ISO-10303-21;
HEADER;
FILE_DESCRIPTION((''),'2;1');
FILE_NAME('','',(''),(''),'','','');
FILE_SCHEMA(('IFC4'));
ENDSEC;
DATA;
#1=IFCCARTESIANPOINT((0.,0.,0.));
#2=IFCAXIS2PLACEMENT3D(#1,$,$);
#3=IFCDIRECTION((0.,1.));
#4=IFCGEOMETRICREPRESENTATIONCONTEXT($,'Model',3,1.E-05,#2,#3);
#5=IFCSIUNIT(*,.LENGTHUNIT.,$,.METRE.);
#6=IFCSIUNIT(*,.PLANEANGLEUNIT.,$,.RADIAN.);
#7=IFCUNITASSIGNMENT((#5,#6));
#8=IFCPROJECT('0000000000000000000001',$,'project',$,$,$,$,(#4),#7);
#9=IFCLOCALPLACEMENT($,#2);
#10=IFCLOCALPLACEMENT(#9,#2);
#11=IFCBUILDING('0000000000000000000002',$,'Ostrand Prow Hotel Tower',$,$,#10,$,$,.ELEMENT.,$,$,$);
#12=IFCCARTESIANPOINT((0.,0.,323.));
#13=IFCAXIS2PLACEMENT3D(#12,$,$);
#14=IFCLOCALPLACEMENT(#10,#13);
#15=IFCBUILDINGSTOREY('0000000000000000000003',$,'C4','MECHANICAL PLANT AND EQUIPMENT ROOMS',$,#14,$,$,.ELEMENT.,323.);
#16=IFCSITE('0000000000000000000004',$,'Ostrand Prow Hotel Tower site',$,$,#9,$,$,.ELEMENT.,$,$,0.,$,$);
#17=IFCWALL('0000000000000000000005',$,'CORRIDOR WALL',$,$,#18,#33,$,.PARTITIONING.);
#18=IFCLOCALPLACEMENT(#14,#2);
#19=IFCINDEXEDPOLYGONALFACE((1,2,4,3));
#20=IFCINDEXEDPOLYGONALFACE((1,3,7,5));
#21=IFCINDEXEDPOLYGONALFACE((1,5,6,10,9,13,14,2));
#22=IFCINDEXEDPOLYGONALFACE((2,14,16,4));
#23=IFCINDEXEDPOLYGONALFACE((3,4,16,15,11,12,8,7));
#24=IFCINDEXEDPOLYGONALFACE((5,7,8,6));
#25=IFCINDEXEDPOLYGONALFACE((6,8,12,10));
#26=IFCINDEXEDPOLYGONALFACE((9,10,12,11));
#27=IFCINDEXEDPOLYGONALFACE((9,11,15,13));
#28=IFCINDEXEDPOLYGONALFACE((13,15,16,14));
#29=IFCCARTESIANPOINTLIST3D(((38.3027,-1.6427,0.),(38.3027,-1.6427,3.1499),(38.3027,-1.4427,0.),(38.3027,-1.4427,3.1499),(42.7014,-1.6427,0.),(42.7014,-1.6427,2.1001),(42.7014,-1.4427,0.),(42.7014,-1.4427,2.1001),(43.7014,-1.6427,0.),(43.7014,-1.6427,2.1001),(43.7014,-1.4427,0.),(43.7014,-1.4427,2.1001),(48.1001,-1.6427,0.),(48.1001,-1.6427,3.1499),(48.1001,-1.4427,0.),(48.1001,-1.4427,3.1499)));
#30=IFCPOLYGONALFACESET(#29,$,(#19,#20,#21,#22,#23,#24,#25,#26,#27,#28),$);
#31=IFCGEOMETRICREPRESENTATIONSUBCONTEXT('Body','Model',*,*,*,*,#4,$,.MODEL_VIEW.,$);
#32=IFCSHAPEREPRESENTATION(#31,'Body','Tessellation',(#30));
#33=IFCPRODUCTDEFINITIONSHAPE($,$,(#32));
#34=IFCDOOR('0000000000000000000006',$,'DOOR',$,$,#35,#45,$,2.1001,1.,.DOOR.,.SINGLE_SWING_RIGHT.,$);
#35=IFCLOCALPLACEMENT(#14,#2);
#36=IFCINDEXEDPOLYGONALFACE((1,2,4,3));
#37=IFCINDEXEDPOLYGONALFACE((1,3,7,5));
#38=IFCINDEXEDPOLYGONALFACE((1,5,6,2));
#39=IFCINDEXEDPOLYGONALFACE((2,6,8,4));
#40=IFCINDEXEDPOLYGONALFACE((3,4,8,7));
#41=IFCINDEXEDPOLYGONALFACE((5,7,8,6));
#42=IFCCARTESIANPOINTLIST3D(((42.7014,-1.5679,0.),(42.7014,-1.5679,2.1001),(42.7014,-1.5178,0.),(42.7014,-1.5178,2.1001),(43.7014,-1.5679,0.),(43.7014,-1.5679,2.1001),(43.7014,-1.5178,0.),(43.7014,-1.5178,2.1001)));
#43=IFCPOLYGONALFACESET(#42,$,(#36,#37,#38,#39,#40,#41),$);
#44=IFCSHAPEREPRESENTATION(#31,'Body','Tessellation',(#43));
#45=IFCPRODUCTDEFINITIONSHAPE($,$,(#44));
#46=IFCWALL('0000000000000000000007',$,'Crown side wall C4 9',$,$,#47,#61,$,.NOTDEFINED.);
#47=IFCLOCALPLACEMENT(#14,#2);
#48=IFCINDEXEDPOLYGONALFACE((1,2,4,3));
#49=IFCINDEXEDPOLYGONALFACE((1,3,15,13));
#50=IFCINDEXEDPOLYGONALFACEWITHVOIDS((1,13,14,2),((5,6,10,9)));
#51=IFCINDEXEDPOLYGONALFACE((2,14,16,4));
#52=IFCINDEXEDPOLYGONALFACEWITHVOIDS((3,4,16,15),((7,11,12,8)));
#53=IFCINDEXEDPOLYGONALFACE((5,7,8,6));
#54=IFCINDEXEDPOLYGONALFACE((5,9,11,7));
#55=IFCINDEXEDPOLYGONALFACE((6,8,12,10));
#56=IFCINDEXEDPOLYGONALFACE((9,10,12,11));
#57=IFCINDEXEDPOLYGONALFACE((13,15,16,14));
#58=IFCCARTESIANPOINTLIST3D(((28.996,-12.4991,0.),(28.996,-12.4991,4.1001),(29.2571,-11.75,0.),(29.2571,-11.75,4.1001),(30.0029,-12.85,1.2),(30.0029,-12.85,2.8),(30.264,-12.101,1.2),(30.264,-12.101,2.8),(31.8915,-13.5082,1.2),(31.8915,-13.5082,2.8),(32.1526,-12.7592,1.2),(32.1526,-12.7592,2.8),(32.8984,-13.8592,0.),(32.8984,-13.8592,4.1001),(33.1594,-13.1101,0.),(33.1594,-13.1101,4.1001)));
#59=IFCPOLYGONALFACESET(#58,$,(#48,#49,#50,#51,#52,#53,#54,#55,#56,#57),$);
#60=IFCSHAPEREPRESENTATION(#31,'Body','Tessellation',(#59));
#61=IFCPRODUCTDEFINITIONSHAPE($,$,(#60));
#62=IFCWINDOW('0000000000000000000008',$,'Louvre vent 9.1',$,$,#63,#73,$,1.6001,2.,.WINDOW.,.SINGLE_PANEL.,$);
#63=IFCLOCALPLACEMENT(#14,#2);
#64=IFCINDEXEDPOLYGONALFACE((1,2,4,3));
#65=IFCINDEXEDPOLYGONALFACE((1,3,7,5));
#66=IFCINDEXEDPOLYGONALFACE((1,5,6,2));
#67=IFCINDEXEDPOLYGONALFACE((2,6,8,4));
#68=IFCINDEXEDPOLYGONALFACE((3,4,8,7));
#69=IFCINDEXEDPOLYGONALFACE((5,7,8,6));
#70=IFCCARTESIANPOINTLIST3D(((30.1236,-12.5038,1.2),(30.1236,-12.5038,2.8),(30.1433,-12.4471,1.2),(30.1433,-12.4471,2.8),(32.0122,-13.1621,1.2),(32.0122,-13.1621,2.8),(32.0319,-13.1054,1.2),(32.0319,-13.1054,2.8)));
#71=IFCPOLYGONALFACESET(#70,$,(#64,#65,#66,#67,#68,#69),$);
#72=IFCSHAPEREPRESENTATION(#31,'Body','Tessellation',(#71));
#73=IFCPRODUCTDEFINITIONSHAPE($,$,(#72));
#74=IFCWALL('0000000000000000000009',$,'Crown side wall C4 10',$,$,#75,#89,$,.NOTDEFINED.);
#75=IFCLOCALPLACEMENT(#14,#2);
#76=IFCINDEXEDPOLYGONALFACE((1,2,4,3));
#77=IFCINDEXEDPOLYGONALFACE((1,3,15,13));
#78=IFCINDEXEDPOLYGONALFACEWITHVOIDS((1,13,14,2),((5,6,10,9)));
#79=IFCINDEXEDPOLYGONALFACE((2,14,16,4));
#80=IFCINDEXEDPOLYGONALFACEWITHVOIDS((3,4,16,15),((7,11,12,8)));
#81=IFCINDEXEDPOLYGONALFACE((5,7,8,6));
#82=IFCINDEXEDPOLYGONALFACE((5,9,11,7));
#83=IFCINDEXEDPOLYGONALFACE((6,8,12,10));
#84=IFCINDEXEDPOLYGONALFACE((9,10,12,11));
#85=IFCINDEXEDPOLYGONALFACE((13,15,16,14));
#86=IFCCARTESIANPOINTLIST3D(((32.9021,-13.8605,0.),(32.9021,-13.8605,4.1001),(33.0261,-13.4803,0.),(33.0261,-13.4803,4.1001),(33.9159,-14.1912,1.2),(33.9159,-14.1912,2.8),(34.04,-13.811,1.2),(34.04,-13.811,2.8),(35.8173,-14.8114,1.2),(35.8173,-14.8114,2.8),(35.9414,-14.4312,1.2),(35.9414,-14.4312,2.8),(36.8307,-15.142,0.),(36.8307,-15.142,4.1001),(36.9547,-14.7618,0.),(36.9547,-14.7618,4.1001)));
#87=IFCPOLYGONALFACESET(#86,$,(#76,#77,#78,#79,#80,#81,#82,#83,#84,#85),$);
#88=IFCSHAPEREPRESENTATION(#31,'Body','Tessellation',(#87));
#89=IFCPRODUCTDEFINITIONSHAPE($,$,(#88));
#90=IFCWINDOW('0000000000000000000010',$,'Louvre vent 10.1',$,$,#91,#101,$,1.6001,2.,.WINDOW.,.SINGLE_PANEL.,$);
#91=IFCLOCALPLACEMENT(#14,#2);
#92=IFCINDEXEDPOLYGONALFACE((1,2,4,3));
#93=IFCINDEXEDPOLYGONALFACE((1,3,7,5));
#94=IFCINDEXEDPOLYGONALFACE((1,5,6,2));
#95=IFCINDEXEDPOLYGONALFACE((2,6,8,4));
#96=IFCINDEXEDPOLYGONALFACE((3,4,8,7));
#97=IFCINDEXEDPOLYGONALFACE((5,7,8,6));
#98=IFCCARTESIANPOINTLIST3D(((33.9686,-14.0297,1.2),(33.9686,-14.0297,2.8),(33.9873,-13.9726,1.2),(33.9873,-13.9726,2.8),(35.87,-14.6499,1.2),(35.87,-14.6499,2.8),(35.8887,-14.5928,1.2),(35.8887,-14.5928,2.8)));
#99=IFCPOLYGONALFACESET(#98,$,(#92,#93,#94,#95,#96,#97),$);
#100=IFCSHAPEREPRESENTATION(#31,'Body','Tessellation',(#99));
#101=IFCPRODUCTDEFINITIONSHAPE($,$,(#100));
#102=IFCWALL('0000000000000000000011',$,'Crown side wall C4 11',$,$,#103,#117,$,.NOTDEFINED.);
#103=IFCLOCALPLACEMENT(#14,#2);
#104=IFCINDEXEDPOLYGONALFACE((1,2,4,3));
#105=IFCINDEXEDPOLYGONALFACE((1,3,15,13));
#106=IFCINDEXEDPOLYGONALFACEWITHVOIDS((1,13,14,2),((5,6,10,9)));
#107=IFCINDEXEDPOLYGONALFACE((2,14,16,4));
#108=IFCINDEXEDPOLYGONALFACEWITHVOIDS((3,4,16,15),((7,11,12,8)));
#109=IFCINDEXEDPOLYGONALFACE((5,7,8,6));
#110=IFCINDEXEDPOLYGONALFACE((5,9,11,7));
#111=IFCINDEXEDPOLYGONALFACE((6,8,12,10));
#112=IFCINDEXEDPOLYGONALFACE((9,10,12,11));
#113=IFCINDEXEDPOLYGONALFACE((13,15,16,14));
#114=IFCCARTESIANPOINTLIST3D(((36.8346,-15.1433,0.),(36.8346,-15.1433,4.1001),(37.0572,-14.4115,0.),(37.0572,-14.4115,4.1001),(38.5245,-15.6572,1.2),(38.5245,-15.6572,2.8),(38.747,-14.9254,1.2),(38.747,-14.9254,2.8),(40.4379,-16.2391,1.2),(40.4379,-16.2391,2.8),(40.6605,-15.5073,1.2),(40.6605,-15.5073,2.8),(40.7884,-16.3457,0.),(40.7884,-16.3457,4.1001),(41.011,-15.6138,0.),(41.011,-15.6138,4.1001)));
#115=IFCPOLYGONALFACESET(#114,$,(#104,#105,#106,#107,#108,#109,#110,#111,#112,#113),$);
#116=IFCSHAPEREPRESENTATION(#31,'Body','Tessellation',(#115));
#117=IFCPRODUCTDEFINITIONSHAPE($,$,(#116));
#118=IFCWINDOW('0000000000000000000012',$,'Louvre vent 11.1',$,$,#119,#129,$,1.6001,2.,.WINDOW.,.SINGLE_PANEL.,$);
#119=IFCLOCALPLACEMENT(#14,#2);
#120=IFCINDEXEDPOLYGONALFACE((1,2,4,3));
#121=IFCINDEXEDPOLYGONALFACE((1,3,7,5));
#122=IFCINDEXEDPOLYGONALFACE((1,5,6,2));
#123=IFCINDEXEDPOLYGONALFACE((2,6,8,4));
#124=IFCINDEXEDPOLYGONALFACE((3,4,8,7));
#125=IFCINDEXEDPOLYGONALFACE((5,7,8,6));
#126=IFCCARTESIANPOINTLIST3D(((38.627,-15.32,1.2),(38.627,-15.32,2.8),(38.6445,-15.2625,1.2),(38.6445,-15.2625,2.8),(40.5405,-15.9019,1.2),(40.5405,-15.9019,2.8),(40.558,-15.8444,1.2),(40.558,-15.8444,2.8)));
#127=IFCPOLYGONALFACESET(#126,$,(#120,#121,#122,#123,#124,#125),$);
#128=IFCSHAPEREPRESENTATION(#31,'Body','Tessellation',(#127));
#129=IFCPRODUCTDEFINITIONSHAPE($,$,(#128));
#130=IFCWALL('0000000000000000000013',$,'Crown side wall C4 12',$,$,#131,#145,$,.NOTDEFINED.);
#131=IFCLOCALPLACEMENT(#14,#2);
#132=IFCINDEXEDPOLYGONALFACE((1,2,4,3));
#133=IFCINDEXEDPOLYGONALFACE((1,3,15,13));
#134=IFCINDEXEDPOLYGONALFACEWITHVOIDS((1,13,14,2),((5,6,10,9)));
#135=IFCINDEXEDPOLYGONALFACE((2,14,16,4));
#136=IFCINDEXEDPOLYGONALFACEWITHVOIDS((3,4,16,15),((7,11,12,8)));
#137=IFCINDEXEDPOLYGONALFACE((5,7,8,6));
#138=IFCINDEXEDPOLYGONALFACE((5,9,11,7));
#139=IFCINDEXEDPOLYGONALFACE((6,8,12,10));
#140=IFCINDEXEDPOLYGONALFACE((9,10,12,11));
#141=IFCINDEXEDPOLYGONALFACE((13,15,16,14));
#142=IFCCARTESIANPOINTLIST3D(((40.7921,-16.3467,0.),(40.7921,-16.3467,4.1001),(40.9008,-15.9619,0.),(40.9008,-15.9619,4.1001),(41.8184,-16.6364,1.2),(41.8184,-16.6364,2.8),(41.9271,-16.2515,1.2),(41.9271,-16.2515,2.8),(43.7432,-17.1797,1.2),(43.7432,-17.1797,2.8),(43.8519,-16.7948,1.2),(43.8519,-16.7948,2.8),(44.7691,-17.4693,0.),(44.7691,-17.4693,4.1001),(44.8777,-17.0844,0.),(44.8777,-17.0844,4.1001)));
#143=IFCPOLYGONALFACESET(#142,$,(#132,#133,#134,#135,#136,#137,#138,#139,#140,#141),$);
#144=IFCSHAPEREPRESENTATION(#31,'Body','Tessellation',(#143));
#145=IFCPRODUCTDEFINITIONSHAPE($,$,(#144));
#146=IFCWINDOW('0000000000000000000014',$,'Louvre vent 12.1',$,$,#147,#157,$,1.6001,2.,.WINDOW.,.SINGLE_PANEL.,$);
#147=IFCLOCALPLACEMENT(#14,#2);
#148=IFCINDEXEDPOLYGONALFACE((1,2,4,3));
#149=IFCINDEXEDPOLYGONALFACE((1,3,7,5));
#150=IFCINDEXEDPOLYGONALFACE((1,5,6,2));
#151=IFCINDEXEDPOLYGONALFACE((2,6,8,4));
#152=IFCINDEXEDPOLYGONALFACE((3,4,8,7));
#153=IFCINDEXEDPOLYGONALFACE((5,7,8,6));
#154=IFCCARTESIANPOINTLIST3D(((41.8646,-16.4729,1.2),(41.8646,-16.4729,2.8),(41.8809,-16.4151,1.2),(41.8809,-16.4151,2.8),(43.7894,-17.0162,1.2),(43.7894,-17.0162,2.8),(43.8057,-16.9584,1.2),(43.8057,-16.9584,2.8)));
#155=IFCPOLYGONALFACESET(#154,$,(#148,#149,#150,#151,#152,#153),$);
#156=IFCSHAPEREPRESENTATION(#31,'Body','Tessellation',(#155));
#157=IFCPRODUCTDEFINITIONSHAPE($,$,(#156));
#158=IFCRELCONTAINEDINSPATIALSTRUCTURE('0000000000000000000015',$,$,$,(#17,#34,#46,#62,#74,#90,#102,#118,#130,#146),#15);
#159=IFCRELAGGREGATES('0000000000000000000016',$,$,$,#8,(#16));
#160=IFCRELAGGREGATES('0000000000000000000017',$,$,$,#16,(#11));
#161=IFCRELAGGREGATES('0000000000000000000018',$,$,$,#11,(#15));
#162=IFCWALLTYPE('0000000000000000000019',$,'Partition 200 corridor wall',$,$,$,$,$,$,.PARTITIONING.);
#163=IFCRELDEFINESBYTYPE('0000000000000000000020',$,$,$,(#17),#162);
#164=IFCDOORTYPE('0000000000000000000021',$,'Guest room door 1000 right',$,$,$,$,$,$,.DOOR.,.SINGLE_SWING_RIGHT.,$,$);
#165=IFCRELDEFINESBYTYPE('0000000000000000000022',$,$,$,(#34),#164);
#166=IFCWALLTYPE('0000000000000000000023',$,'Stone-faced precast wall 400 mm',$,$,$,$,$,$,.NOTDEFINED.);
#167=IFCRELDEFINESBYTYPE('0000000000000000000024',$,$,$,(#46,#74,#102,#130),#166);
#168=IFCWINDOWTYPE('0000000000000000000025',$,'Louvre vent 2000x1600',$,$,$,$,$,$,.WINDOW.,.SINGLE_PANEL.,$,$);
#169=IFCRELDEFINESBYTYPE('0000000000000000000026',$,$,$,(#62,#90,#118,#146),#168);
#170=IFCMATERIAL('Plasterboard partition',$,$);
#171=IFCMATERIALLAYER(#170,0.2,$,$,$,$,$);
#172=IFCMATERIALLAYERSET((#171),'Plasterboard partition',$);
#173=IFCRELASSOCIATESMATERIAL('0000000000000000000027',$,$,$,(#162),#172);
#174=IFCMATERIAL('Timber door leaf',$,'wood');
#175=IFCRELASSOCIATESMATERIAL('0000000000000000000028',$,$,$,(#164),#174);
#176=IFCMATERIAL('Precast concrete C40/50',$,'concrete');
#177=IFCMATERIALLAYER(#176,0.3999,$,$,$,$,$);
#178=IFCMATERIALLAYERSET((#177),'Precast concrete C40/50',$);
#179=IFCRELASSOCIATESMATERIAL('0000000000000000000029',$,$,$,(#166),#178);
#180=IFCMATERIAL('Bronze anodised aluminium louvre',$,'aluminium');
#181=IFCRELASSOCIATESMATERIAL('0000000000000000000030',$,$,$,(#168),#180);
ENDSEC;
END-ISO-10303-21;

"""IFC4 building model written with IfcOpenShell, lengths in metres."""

from ifc_helpers import new_model, si_unit, direction, frame, frame_2d, origin, place, context, subcontext, project, spatial, rectangle, extrude, material, layer, layer_set, type_object, element, fill, save


model = new_model("IFC4")

# Units and contexts
model_context = context("Model", 3, precision=1e-05, world=origin(), true_north=direction((0.0, 1.0)))
body_context = subcontext(model_context, "Body", "Model", "MODEL_VIEW")
ifc_project = project(units=[si_unit("LENGTHUNIT", "METRE"), si_unit("PLANEANGLEUNIT", "RADIAN")], contexts=[model_context])

# Site, building, storey
site_placement = place(None, origin())
site = spatial("IfcSite", under=ifc_project, at=site_placement, Name="Ostrand Prow Hotel Tower site", CompositionType="ELEMENT", RefElevation=0.0)
building_placement = place(site_placement, origin())
building = spatial("IfcBuilding", under=site, at=building_placement, Name="Ostrand Prow Hotel Tower", CompositionType="ELEMENT")
storey_placement = place(building_placement, frame((0.0, 0.0, 323.0)))
storey = spatial("IfcBuildingStorey", under=building, at=storey_placement, Name="C4", Description="MECHANICAL PLANT AND EQUIPMENT ROOMS", CompositionType="ELEMENT", Elevation=323.0)

# Wall, opening, door
ifc_material_1 = material(Name="Plasterboard partition")
ifc_layer_1 = layer(ifc_material_1, 0.2)
ifc_layer_set_1 = layer_set([ifc_layer_1], Name="Plasterboard partition")
wall_type_1 = type_object("IfcWallType", Name="Partition 200 corridor wall", PredefinedType="PARTITIONING", material=ifc_layer_set_1)
wall_1_placement = place(storey_placement, frame((38.3027, -1.5427, 0.0), z_axis=(0.0, 0.0, 1.0), x_axis=(1.0, 0.0, 0.0)))
wall_1 = element("IfcWall", 1, at=wall_1_placement, inside=storey, type_object=wall_type_1, Name="CORRIDOR WALL", PredefinedType="PARTITIONING", context=body_context, shape_type="SweptSolid", body=[
    extrude(rectangle(XDim=9.7974, YDim=0.2, at=frame_2d((4.8987, 0.0))), origin(), (0.0, 0.0, 1.0), 3.1499),
])
opening_1_placement = place(wall_1_placement, frame((4.3987, 0.0, 0.0)))
opening_1 = element("IfcOpeningElement", 2, at=opening_1_placement, cuts=wall_1, PredefinedType="OPENING", context=body_context, shape_type="SweptSolid", body=[
    extrude(rectangle(XDim=1.0, YDim=2.1001, at=frame_2d((0.5, 1.05))), frame((0.0, 0.1099, 0.0), z_axis=(0.0, -1.0, 0.0), x_axis=(1.0, 0.0, 0.0)), (0.0, 0.0, 1.0), 0.22),
])
ifc_material_2 = material(Name="Timber door leaf", Category="wood")
door_type_1 = type_object("IfcDoorType", Name="Guest room door 1000 right", OperationType="SINGLE_SWING_RIGHT", PredefinedType="DOOR", material=ifc_material_2)
door_1_placement = place(opening_1_placement, origin())
door_1 = element("IfcDoor", 3, at=door_1_placement, inside=storey, type_object=door_type_1, Name="DOOR", OperationType="SINGLE_SWING_RIGHT", OverallHeight=2.1001, OverallWidth=1.0, PredefinedType="DOOR", context=body_context, shape_type="SweptSolid", body=[
    extrude(rectangle(XDim=1.0, YDim=2.1001, at=frame_2d((0.5, 1.05))), frame((0.0, 0.0249, 0.0), z_axis=(0.0, -1.0, 0.0), x_axis=(1.0, 0.0, 0.0)), (0.0, 0.0, 1.0), 0.05),
])
fill(opening_1, door_1)

# Walls, openings, windows
ifc_material_3 = material(Name="Precast concrete C40/50", Category="concrete")
ifc_layer_2 = layer(ifc_material_3, 0.3999)
ifc_layer_set_2 = layer_set([ifc_layer_2], Name="Precast concrete C40/50")
wall_type_2 = type_object("IfcWallType", Name="Stone-faced precast wall 400 mm", PredefinedType="NOTDEFINED", material=ifc_layer_set_2)
wall_2_placement = place(storey_placement, frame((29.1265, -12.1245, 0.0), z_axis=(0.0, 0.0, 1.0), x_axis=(0.944289, -0.329119, 0.0)))
wall_2 = element("IfcWall", 4, at=wall_2_placement, inside=storey, type_object=wall_type_2, Name="Crown side wall C4 9", PredefinedType="NOTDEFINED", context=body_context, shape_type="SweptSolid", body=[
    extrude(rectangle(XDim=4.1326, YDim=0.7932, at=frame_2d((2.0664, 0.0))), origin(), (0.0, 0.0, 1.0), 4.1001),
])
opening_2_placement = place(wall_2_placement, frame((1.0664, 0.0, 1.2)))
opening_2 = element("IfcOpeningElement", 5, at=opening_2_placement, cuts=wall_2, PredefinedType="OPENING", context=body_context, shape_type="SweptSolid", body=[
    extrude(rectangle(XDim=2.0, YDim=1.6001, at=frame_2d((1.0, 0.8))), frame((0.0, 0.4065, 0.0), z_axis=(0.0, -1.0, 0.0), x_axis=(1.0, 0.0, 0.0)), (0.0, 0.0, 1.0), 0.8132),
])
ifc_material_4 = material(Name="Bronze anodised aluminium louvre", Category="aluminium")
window_type = type_object("IfcWindowType", Name="Louvre vent 2000x1600", PartitioningType="SINGLE_PANEL", PredefinedType="WINDOW", material=ifc_material_4)
window_1_placement = place(opening_2_placement, origin())
window_1 = element("IfcWindow", 6, at=window_1_placement, inside=storey, type_object=window_type, Name="Louvre vent 9.1", OverallHeight=1.6001, OverallWidth=2.0, PartitioningType="SINGLE_PANEL", PredefinedType="WINDOW", context=body_context, shape_type="SweptSolid", body=[
    extrude(rectangle(XDim=2.0, YDim=1.6001, at=frame_2d((1.0, 0.8))), frame((0.0, 0.03, 0.0), z_axis=(0.0, -1.0, 0.0), x_axis=(1.0, 0.0, 0.0)), (0.0, 0.0, 1.0), 0.0601),
])
fill(opening_2, window_1)
wall_3_placement = place(storey_placement, frame((32.9641, -13.6704, 0.0), z_axis=(0.0, 0.0, 1.0), x_axis=(0.950702, -0.310107, 0.0)))
wall_3 = element("IfcWall", 7, at=wall_3_placement, inside=storey, type_object=wall_type_2, Name="Crown side wall C4 10", PredefinedType="NOTDEFINED", context=body_context, shape_type="SweptSolid", body=[
    extrude(rectangle(XDim=4.1323, YDim=0.3999, at=frame_2d((2.0662, 0.0))), origin(), (0.0, 0.0, 1.0), 4.1001),
])
opening_3_placement = place(wall_3_placement, frame((1.0664, 0.0, 1.2)))
opening_3 = element("IfcOpeningElement", 8, at=opening_3_placement, cuts=wall_3, PredefinedType="OPENING", context=body_context, shape_type="SweptSolid", body=[
    extrude(rectangle(XDim=2.0, YDim=1.6001, at=frame_2d((1.0, 0.8))), frame((0.0, 0.21, 0.0), z_axis=(0.0, -1.0, 0.0), x_axis=(1.0, 0.0, 0.0)), (0.0, 0.0, 1.0), 0.4199),
])
window_2_placement = place(opening_3_placement, origin())
window_2 = element("IfcWindow", 9, at=window_2_placement, inside=storey, type_object=window_type, Name="Louvre vent 10.1", OverallHeight=1.6001, OverallWidth=2.0, PartitioningType="SINGLE_PANEL", PredefinedType="WINDOW", context=body_context, shape_type="SweptSolid", body=[
    extrude(rectangle(XDim=2.0, YDim=1.6001, at=frame_2d((1.0, 0.8))), frame((0.0, 0.03, 0.0), z_axis=(0.0, -1.0, 0.0), x_axis=(1.0, 0.0, 0.0)), (0.0, 0.0, 1.0), 0.0601),
])
fill(opening_3, window_2)
wall_4_placement = place(storey_placement, frame((36.9458, -14.7773, 0.0), z_axis=(0.0, 0.0, 1.0), x_axis=(0.956738, -0.29095, 0.0)))
wall_4 = element("IfcWall", 10, at=wall_4_placement, inside=storey, type_object=wall_type_2, Name="Crown side wall C4 11", PredefinedType="NOTDEFINED", context=body_context, shape_type="SweptSolid", body=[
    extrude(rectangle(XDim=4.1326, YDim=0.7649, at=frame_2d((2.0664, 0.0))), origin(), (0.0, 0.0, 1.0), 4.1001),
])
opening_4_placement = place(wall_4_placement, frame((1.7664, 0.0, 1.2)))
opening_4 = element("IfcOpeningElement", 11, at=opening_4_placement, cuts=wall_4, PredefinedType="OPENING", context=body_context, shape_type="SweptSolid", body=[
    extrude(rectangle(XDim=2.0, YDim=1.6001, at=frame_2d((1.0, 0.8))), frame((0.0, 0.3923, 0.0), z_axis=(0.0, -1.0, 0.0), x_axis=(1.0, 0.0, 0.0)), (0.0, 0.0, 1.0), 0.7849),
])
window_3_placement = place(opening_4_placement, origin())
window_3 = element("IfcWindow", 12, at=window_3_placement, inside=storey, type_object=window_type, Name="Louvre vent 11.1", OverallHeight=1.6001, OverallWidth=2.0, PartitioningType="SINGLE_PANEL", PredefinedType="WINDOW", context=body_context, shape_type="SweptSolid", body=[
    extrude(rectangle(XDim=2.0, YDim=1.6001, at=frame_2d((1.0, 0.8))), frame((0.0, 0.03, 0.0), z_axis=(0.0, -1.0, 0.0), x_axis=(1.0, 0.0, 0.0)), (0.0, 0.0, 1.0), 0.0601),
])
fill(opening_4, window_3)
wall_5_placement = place(storey_placement, frame((40.8464, -16.1543, 0.0), z_axis=(0.0, 0.0, 1.0), x_axis=(0.962397, -0.271645, 0.0)))
wall_5 = element("IfcWall", 13, at=wall_5_placement, inside=storey, type_object=wall_type_2, Name="Crown side wall C4 12", PredefinedType="NOTDEFINED", context=body_context, shape_type="SweptSolid", body=[
    extrude(rectangle(XDim=4.1323, YDim=0.3999, at=frame_2d((2.0662, 0.0))), origin(), (0.0, 0.0, 1.0), 4.1001),
])
opening_5_placement = place(wall_5_placement, frame((1.0664, 0.0, 1.2)))
opening_5 = element("IfcOpeningElement", 14, at=opening_5_placement, cuts=wall_5, PredefinedType="OPENING", context=body_context, shape_type="SweptSolid", body=[
    extrude(rectangle(XDim=2.0, YDim=1.6001, at=frame_2d((1.0, 0.8))), frame((0.0, 0.21, 0.0), z_axis=(0.0, -1.0, 0.0), x_axis=(1.0, 0.0, 0.0)), (0.0, 0.0, 1.0), 0.4199),
])
window_4_placement = place(opening_5_placement, origin())
window_4 = element("IfcWindow", 15, at=window_4_placement, inside=storey, type_object=window_type, Name="Louvre vent 12.1", OverallHeight=1.6001, OverallWidth=2.0, PartitioningType="SINGLE_PANEL", PredefinedType="WINDOW", context=body_context, shape_type="SweptSolid", body=[
    extrude(rectangle(XDim=2.0, YDim=1.6001, at=frame_2d((1.0, 0.8))), frame((0.0, 0.03, 0.0), z_axis=(0.0, -1.0, 0.0), x_axis=(1.0, 0.0, 0.0)), (0.0, 0.0, 1.0), 0.0601),
])
fill(opening_5, window_4)

save(model, "model.ifc")
